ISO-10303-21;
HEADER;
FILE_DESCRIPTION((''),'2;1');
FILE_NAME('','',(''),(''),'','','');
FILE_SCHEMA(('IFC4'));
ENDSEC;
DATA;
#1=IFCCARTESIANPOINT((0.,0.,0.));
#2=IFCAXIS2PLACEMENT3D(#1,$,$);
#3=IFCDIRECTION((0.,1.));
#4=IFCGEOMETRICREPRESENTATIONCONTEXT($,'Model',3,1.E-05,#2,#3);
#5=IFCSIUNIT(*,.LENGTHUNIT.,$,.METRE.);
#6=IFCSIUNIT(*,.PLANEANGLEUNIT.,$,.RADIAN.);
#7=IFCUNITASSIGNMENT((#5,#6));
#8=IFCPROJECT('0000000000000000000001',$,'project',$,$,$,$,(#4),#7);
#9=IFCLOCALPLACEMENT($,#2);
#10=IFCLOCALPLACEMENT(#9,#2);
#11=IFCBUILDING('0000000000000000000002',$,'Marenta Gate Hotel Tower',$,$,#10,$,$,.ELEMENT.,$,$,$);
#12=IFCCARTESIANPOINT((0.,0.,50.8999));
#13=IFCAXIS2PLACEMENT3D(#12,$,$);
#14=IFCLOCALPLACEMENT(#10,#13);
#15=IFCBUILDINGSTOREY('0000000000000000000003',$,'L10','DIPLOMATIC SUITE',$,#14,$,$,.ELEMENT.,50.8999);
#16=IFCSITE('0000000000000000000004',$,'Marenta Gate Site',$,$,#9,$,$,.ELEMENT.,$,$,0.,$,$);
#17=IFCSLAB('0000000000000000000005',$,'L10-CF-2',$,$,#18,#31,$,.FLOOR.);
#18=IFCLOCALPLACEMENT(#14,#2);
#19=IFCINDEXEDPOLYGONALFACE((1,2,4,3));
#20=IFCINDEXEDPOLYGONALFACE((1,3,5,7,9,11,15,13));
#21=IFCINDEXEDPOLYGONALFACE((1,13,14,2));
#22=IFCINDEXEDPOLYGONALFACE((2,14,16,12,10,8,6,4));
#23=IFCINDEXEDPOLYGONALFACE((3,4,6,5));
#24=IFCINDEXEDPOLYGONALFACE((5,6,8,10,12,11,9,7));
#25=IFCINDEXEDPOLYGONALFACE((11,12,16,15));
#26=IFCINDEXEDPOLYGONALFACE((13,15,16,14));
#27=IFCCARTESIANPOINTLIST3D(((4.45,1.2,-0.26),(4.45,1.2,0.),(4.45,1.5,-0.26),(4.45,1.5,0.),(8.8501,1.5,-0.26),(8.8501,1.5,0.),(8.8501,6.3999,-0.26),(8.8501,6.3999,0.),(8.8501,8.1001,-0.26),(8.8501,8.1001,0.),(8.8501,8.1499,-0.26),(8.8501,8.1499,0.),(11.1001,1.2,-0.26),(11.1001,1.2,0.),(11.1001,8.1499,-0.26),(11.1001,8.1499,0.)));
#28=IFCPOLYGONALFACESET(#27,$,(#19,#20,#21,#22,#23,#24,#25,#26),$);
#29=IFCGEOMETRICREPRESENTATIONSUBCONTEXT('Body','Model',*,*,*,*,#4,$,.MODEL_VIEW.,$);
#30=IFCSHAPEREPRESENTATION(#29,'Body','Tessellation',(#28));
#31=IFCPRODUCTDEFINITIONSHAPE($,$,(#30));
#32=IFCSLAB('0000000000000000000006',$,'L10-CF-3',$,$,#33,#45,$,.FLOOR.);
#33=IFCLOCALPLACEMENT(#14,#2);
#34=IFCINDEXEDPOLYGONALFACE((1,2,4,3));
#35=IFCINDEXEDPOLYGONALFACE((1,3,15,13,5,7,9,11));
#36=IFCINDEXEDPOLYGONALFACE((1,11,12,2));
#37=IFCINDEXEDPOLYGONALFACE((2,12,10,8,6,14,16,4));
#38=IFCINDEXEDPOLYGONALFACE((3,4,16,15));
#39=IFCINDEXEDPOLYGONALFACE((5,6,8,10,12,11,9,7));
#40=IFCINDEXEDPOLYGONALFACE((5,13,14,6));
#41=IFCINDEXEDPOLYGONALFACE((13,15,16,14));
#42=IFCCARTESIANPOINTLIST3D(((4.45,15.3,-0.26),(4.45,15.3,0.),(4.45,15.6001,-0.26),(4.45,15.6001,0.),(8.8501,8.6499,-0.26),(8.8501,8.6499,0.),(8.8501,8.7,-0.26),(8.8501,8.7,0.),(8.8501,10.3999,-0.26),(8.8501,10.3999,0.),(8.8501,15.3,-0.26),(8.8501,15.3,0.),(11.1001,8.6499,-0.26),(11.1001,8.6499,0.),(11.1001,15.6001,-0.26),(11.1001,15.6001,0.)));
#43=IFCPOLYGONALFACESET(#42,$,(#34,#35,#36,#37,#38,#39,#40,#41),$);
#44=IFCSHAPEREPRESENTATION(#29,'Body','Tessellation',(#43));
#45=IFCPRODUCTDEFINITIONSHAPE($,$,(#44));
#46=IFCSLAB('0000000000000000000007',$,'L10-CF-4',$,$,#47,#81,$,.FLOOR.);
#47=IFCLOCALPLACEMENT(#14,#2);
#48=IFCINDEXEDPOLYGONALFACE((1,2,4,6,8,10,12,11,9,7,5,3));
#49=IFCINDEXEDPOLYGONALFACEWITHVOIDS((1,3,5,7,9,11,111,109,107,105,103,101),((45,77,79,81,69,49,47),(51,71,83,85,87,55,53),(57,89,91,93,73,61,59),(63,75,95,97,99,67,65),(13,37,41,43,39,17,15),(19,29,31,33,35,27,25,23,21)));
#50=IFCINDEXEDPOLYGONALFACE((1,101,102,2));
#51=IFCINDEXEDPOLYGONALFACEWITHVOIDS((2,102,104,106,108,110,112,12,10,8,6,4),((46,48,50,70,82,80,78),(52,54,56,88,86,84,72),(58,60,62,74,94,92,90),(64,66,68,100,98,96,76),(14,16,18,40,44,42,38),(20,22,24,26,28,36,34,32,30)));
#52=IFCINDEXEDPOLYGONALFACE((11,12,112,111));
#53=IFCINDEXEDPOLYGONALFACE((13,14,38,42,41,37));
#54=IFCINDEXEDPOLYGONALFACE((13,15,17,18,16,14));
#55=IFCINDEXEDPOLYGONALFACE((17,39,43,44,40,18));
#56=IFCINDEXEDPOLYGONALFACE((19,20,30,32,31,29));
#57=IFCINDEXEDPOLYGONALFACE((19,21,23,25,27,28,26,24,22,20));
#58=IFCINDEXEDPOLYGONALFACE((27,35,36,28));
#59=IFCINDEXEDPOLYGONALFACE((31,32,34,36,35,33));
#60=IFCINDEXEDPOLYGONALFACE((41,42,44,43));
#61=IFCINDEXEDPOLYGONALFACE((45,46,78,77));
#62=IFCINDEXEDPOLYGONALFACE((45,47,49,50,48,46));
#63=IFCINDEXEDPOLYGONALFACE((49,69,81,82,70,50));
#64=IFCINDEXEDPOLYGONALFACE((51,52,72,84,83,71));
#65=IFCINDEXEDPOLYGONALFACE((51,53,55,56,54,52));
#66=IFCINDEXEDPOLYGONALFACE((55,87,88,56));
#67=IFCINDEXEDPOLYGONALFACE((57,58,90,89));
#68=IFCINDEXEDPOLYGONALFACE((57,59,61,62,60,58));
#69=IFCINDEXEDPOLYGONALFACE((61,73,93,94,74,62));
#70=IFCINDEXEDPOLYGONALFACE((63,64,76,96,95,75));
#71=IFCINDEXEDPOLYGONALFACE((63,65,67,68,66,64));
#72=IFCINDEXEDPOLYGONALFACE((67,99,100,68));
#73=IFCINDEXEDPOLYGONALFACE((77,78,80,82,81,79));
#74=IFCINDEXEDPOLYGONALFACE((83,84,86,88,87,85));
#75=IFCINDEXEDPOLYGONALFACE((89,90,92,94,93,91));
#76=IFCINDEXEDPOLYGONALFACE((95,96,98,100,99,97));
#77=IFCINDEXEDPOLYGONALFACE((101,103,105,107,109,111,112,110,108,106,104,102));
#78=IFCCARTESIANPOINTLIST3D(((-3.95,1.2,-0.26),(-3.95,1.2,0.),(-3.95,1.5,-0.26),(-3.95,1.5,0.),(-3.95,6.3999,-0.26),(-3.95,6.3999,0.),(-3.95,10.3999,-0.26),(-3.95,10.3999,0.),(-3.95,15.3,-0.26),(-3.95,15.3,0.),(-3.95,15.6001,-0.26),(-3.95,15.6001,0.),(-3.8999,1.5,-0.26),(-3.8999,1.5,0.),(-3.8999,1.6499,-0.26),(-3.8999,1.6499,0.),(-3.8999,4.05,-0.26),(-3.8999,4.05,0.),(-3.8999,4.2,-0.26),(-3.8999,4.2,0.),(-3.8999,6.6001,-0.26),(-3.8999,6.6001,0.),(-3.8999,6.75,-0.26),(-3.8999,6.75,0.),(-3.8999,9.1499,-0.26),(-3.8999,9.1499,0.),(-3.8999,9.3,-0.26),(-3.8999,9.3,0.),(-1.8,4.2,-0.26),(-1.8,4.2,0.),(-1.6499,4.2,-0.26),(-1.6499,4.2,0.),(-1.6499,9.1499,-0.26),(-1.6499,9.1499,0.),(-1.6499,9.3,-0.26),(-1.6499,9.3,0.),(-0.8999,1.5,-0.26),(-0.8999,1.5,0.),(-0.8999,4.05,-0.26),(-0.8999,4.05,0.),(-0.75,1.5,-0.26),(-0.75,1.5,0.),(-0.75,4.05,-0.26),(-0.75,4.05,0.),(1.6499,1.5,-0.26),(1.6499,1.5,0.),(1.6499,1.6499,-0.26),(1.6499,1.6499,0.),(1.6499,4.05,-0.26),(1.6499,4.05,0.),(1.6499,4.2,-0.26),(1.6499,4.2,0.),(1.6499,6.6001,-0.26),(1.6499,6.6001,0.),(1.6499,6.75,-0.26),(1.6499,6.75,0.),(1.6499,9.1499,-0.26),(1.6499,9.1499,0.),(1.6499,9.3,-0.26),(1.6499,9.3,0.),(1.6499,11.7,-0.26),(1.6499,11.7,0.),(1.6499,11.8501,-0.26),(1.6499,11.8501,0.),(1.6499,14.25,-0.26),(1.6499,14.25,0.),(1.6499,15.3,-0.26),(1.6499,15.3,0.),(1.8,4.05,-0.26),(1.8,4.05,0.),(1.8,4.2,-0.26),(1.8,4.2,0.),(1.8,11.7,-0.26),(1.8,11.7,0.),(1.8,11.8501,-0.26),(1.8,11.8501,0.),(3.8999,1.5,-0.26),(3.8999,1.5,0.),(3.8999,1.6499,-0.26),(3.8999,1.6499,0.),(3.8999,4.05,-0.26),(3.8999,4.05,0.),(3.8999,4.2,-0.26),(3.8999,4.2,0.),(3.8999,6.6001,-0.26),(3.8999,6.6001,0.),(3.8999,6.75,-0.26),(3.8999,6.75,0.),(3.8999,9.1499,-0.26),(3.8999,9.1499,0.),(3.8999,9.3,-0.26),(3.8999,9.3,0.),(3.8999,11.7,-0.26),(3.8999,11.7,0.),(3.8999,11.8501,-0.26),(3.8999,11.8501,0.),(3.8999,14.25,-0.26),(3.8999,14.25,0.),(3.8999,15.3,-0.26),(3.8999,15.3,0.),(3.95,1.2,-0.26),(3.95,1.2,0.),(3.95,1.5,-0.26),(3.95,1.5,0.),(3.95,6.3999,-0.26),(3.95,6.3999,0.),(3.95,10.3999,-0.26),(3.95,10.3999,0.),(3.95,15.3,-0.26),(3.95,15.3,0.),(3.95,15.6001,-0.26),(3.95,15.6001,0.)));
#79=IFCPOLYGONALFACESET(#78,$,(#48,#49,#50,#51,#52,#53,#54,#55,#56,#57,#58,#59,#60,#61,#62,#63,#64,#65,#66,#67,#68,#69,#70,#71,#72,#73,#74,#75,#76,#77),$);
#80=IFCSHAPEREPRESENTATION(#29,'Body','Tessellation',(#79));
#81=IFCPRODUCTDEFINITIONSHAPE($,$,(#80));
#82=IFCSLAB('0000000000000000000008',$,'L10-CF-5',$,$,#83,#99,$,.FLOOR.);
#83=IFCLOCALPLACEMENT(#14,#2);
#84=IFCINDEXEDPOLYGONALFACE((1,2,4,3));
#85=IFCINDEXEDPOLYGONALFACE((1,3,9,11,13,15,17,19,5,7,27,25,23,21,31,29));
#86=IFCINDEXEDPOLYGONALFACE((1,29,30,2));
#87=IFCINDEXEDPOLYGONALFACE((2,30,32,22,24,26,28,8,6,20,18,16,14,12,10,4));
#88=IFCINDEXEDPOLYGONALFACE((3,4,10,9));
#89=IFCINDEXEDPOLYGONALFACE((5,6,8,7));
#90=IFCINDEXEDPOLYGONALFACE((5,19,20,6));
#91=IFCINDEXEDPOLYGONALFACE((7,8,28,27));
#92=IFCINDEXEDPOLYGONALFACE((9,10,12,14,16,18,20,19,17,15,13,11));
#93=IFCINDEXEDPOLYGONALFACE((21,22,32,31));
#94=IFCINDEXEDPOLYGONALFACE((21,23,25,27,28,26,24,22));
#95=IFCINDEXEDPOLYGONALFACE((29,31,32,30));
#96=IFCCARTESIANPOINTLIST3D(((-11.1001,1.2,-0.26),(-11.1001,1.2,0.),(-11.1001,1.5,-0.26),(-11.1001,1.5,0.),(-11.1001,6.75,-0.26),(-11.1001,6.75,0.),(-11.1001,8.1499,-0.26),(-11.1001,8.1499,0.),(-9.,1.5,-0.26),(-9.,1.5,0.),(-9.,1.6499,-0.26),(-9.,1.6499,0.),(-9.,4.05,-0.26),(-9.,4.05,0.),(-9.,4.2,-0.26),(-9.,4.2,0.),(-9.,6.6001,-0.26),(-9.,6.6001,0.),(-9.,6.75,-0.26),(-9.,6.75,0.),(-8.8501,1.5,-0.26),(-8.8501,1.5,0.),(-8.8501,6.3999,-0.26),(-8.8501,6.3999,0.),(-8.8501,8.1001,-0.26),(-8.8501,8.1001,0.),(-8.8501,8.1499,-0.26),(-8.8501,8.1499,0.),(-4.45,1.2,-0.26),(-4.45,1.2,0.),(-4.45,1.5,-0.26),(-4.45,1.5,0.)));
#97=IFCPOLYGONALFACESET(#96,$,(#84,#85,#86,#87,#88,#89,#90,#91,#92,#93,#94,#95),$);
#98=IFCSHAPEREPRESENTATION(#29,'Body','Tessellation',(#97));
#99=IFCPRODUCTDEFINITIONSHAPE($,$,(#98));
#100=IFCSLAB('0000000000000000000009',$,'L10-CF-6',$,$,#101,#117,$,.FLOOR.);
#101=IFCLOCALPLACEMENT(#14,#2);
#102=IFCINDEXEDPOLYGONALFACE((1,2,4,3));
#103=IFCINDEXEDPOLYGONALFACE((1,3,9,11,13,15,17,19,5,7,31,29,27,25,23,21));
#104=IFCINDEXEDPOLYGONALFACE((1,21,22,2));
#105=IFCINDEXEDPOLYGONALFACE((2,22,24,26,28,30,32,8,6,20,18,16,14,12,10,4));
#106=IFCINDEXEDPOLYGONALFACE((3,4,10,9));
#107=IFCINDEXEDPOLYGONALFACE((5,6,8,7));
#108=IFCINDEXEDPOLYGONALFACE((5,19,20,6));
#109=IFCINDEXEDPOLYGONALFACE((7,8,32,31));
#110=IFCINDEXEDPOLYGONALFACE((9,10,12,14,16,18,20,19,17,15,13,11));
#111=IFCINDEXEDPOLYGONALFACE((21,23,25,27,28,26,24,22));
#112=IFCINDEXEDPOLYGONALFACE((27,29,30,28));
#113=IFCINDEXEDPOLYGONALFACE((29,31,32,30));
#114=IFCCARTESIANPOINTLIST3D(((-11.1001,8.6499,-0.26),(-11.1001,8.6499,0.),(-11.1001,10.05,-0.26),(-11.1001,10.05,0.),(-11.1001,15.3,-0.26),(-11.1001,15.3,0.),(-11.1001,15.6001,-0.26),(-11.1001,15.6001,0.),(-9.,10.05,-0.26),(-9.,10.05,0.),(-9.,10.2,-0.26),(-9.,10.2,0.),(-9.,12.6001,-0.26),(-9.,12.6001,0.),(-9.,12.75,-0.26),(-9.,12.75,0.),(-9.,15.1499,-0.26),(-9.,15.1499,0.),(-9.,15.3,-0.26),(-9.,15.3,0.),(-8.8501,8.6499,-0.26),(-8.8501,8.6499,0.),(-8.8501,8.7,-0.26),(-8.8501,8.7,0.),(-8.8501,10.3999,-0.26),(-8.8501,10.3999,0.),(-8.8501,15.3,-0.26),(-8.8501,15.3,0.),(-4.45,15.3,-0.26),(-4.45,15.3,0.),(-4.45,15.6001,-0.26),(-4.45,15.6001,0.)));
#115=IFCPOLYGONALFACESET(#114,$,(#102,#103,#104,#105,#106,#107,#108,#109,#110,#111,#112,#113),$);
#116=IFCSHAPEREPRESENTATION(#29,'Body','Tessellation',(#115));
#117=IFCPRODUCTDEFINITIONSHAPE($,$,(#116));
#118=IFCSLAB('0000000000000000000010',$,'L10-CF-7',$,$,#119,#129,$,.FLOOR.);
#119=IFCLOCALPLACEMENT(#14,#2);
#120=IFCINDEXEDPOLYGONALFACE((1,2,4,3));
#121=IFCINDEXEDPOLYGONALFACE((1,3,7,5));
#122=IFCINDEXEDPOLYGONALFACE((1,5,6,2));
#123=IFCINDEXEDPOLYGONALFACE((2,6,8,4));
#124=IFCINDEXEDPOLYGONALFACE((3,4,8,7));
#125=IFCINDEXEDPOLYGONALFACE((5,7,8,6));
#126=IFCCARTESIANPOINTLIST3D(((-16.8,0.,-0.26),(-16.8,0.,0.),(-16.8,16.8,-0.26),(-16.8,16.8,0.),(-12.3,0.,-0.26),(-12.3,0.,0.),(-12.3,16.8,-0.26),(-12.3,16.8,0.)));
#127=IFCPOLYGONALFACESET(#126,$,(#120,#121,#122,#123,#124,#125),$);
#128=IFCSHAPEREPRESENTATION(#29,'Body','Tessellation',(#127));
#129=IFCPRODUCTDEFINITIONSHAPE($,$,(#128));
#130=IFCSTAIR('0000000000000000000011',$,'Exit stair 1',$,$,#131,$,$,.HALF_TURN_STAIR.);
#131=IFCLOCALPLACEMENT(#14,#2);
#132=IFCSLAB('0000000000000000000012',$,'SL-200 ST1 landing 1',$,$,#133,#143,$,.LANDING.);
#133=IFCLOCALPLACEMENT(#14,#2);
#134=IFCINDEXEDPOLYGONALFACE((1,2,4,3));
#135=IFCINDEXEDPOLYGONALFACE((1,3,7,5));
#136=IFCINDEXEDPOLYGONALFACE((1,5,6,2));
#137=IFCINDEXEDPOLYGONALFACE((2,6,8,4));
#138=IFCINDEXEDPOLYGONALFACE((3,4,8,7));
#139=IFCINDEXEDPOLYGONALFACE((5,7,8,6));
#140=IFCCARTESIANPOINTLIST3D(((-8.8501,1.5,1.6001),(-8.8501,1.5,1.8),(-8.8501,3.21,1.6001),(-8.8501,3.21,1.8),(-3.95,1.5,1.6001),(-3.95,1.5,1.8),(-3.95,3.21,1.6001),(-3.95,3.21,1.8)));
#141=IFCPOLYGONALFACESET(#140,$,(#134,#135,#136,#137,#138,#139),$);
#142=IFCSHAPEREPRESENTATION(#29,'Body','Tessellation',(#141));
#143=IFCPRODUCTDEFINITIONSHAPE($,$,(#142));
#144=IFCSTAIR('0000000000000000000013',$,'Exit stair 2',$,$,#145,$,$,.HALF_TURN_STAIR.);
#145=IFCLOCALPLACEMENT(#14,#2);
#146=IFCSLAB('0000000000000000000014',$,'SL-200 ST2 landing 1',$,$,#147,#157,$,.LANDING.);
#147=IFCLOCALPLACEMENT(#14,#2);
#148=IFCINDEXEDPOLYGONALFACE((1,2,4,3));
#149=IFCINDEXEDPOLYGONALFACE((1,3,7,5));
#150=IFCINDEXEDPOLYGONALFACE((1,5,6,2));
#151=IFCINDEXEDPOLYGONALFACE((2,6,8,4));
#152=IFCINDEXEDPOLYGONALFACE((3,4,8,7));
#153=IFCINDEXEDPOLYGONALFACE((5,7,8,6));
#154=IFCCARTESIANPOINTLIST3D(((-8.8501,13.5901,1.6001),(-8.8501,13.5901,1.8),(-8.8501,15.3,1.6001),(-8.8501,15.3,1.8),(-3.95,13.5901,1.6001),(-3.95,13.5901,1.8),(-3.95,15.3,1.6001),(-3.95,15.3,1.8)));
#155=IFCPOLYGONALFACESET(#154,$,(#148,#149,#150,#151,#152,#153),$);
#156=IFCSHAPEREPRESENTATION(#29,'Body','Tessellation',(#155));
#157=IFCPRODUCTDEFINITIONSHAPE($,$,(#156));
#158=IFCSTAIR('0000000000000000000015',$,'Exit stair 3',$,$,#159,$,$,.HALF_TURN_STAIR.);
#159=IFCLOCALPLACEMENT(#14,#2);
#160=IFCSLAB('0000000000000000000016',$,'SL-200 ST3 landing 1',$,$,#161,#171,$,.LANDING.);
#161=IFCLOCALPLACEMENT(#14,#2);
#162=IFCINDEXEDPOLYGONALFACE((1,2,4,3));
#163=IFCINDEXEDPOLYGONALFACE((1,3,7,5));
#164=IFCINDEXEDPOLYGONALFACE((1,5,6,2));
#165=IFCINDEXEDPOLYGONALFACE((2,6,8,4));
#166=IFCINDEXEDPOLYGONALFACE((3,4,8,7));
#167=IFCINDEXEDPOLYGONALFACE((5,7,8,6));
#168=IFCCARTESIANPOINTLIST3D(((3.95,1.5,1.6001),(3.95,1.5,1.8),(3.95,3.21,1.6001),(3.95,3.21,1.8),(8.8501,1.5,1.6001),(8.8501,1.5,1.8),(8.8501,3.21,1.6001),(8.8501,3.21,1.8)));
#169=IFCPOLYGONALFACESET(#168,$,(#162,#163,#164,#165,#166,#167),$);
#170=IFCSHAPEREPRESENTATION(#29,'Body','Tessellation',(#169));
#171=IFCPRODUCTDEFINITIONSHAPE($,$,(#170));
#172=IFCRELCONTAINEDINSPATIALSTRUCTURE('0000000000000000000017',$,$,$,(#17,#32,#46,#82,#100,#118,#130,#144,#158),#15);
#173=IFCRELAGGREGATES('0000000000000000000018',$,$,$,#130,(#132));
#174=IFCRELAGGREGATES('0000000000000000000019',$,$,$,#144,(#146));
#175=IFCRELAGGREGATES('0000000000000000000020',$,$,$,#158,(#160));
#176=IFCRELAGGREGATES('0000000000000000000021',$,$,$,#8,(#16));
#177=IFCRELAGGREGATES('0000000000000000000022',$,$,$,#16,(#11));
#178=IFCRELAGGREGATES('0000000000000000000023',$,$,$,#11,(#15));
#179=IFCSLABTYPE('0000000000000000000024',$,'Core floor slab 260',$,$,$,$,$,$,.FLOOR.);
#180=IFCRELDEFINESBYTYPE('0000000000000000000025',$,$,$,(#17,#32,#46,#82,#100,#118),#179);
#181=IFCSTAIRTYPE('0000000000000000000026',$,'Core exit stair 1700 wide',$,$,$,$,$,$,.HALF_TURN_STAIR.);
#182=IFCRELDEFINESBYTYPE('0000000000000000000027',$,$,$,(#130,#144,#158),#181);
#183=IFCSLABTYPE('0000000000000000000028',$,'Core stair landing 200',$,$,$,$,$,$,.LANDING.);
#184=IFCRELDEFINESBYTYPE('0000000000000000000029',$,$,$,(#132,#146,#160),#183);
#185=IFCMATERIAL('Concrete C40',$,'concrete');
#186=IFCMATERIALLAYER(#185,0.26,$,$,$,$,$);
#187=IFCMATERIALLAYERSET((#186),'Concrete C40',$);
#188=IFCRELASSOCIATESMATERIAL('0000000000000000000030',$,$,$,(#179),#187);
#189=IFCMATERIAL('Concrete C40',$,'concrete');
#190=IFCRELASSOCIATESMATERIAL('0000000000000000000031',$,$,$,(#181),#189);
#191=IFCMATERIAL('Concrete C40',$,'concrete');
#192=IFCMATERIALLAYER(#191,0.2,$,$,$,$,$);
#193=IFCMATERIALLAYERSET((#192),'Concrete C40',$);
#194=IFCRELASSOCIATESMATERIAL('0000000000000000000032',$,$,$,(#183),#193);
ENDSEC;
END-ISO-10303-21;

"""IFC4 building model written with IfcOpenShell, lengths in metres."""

from ifc_helpers import new_model, si_unit, direction, frame, origin, place, context, subcontext, project, spatial, polyline, outline, extrude, material, layer, layer_set, type_object, element, aggregate, save


model = new_model("IFC4")

# Units and contexts
model_context = context("Model", 3, precision=1e-05, world=origin(), true_north=direction((0.0, 1.0)))
body_context = subcontext(model_context, "Body", "Model", "MODEL_VIEW")
ifc_project = project(units=[si_unit("LENGTHUNIT", "METRE"), si_unit("PLANEANGLEUNIT", "RADIAN")], contexts=[model_context])

# Site, building, storey
site_placement = place(None, origin())
site = spatial("IfcSite", under=ifc_project, at=site_placement, Name="Marenta Gate Site", CompositionType="ELEMENT", RefElevation=0.0)
building_placement = place(site_placement, origin())
building = spatial("IfcBuilding", under=site, at=building_placement, Name="Marenta Gate Hotel Tower", CompositionType="ELEMENT")
storey_placement = place(building_placement, frame((0.0, 0.0, 50.8999)))
storey = spatial("IfcBuildingStorey", under=building, at=storey_placement, Name="L10", Description="DIPLOMATIC SUITE", CompositionType="ELEMENT", Elevation=50.8999)

# Slabs
ifc_material_1 = material(Name="Concrete C40", Category="concrete")
ifc_layer_1 = layer(ifc_material_1, 0.26)
ifc_layer_set_1 = layer_set([ifc_layer_1], Name="Concrete C40")
slab_type_1 = type_object("IfcSlabType", Name="Core floor slab 260", PredefinedType="FLOOR", material=ifc_layer_set_1)
slab_1_placement = place(storey_placement, frame((0.0, 0.0, -0.26)))
element("IfcSlab", 1, at=slab_1_placement, inside=storey, type_object=slab_type_1, Name="L10-CF-2", PredefinedType="FLOOR", context=body_context, shape_type="SweptSolid", body=[
    extrude(outline(polyline([(8.8501, 1.5), (8.8501, 6.3999), (8.8501, 8.1001), (8.8501, 8.1499), (11.1001, 8.1499), (11.1001, 1.2), (4.45, 1.2), (4.45, 1.5), (8.8501, 1.5)])), origin(), (0.0, 0.0, 1.0), 0.26),
])
slab_2_placement = place(storey_placement, frame((0.0, 0.0, -0.26)))
element("IfcSlab", 2, at=slab_2_placement, inside=storey, type_object=slab_type_1, Name="L10-CF-3", PredefinedType="FLOOR", context=body_context, shape_type="SweptSolid", body=[
    extrude(outline(polyline([(8.8501, 15.3), (4.45, 15.3), (4.45, 15.6001), (11.1001, 15.6001), (11.1001, 8.6499), (8.8501, 8.6499), (8.8501, 8.7), (8.8501, 10.3999), (8.8501, 15.3)])), origin(), (0.0, 0.0, 1.0), 0.26),
])
slab_3_placement = place(storey_placement, frame((0.0, 0.0, -0.26)))
element("IfcSlab", 3, at=slab_3_placement, inside=storey, type_object=slab_type_1, Name="L10-CF-4", PredefinedType="FLOOR", context=body_context, shape_type="SweptSolid", body=[
    extrude(outline(polyline([(3.95, 15.3), (3.95, 10.3999), (3.95, 6.3999), (3.95, 1.5), (3.95, 1.2), (-3.95, 1.2), (-3.95, 1.5), (-3.95, 6.3999), (-3.95, 10.3999), (-3.95, 15.3), (-3.95, 15.6001), (3.95, 15.6001), (3.95, 15.3)]), holes=[polyline([(1.6499, 4.05), (1.6499, 1.6499), (1.6499, 1.5), (3.8999, 1.5), (3.8999, 1.6499), (3.8999, 4.05), (1.8, 4.05), (1.6499, 4.05)]), polyline([(1.6499, 9.1499), (3.8999, 9.1499), (3.8999, 9.3), (3.8999, 11.7), (1.8, 11.7), (1.6499, 11.7), (1.6499, 9.3), (1.6499, 9.1499)]), polyline([(1.6499, 11.8501), (1.8, 11.8501), (3.8999, 11.8501), (3.8999, 14.25), (3.8999, 15.3), (1.6499, 15.3), (1.6499, 14.25), (1.6499, 11.8501)]), polyline([(3.8999, 6.6001), (3.8999, 6.75), (1.6499, 6.75), (1.6499, 6.6001), (1.6499, 4.2), (1.8, 4.2), (3.8999, 4.2), (3.8999, 6.6001)]), polyline([(-3.8999, 1.5), (-0.8999, 1.5), (-0.75, 1.5), (-0.75, 4.05), (-0.8999, 4.05), (-3.8999, 4.05), (-3.8999, 1.6499), (-3.8999, 1.5)]), polyline([(-1.6499, 4.2), (-1.6499, 9.1499), (-1.6499, 9.3), (-3.8999, 9.3), (-3.8999, 9.1499), (-3.8999, 6.75), (-3.8999, 6.6001), (-3.8999, 4.2), (-1.8, 4.2), (-1.6499, 4.2)])]), origin(), (0.0, 0.0, 1.0), 0.26),
])
slab_4_placement = place(storey_placement, frame((0.0, 0.0, -0.26)))
element("IfcSlab", 4, at=slab_4_placement, inside=storey, type_object=slab_type_1, Name="L10-CF-5", PredefinedType="FLOOR", context=body_context, shape_type="SweptSolid", body=[
    extrude(outline(polyline([(-9.0, 1.5), (-9.0, 1.6499), (-9.0, 4.05), (-9.0, 4.2), (-9.0, 6.6001), (-9.0, 6.75), (-11.1001, 6.75), (-11.1001, 8.1499), (-8.8501, 8.1499), (-8.8501, 8.1001), (-8.8501, 6.3999), (-8.8501, 1.5), (-4.45, 1.5), (-4.45, 1.2), (-11.1001, 1.2), (-11.1001, 1.5), (-9.0, 1.5)])), origin(), (0.0, 0.0, 1.0), 0.26),
])
slab_5_placement = place(storey_placement, frame((0.0, 0.0, -0.26)))
element("IfcSlab", 5, at=slab_5_placement, inside=storey, type_object=slab_type_1, Name="L10-CF-6", PredefinedType="FLOOR", context=body_context, shape_type="SweptSolid", body=[
    extrude(outline(polyline([(-4.45, 15.3), (-8.8501, 15.3), (-8.8501, 10.3999), (-8.8501, 8.7), (-8.8501, 8.6499), (-11.1001, 8.6499), (-11.1001, 10.05), (-9.0, 10.05), (-9.0, 10.2), (-9.0, 12.6001), (-9.0, 12.75), (-9.0, 15.1499), (-9.0, 15.3), (-11.1001, 15.3), (-11.1001, 15.6001), (-4.45, 15.6001), (-4.45, 15.3)])), origin(), (0.0, 0.0, 1.0), 0.26),
])
slab_6_placement = place(storey_placement, frame((0.0, 0.0, -0.26)))
element("IfcSlab", 6, at=slab_6_placement, inside=storey, type_object=slab_type_1, Name="L10-CF-7", PredefinedType="FLOOR", context=body_context, shape_type="SweptSolid", body=[
    extrude(outline(polyline([(-12.3, 16.8), (-12.3, 0.0), (-16.8, 0.0), (-16.8, 16.8), (-12.3, 16.8)])), origin(), (0.0, 0.0, 1.0), 0.26),
])

# Stairs, slabs
ifc_material_2 = material(Name="Concrete C40", Category="concrete")
stair_type_1 = type_object("IfcStairType", Name="Core exit stair 1700 wide", PredefinedType="HALF_TURN_STAIR", material=ifc_material_2)
stair_1_placement = place(storey_placement, origin())
stair_1 = element("IfcStair", 7, at=stair_1_placement, inside=storey, type_object=stair_type_1, Name="Exit stair 1", PredefinedType="HALF_TURN_STAIR")
ifc_material_3 = material(Name="Concrete C40", Category="concrete")
ifc_layer_2 = layer(ifc_material_3, 0.2)
ifc_layer_set_2 = layer_set([ifc_layer_2], Name="Concrete C40")
slab_type_2 = type_object("IfcSlabType", Name="Core stair landing 200", PredefinedType="LANDING", material=ifc_layer_set_2)
slab_7_placement = place(storey_placement, frame((0.0, 0.0, 1.6001)))
slab_7 = element("IfcSlab", 8, at=slab_7_placement, type_object=slab_type_2, Name="SL-200 ST1 landing 1", PredefinedType="LANDING", context=body_context, shape_type="SweptSolid", body=[
    extrude(outline(polyline([(-8.8501, 1.5), (-3.95, 1.5), (-3.95, 3.21), (-8.8501, 3.21), (-8.8501, 1.5)])), origin(), (0.0, 0.0, 1.0), 0.2),
])
aggregate(stair_1, [slab_7])
stair_2_placement = place(storey_placement, origin())
stair_2 = element("IfcStair", 9, at=stair_2_placement, inside=storey, type_object=stair_type_1, Name="Exit stair 2", PredefinedType="HALF_TURN_STAIR")
slab_8_placement = place(storey_placement, frame((0.0, 0.0, 1.6001)))
slab_8 = element("IfcSlab", 10, at=slab_8_placement, type_object=slab_type_2, Name="SL-200 ST2 landing 1", PredefinedType="LANDING", context=body_context, shape_type="SweptSolid", body=[
    extrude(outline(polyline([(-8.8501, 13.5901), (-3.95, 13.5901), (-3.95, 15.3), (-8.8501, 15.3), (-8.8501, 13.5901)])), origin(), (0.0, 0.0, 1.0), 0.2),
])
aggregate(stair_2, [slab_8])
stair_3_placement = place(storey_placement, origin())
stair_3 = element("IfcStair", 11, at=stair_3_placement, inside=storey, type_object=stair_type_1, Name="Exit stair 3", PredefinedType="HALF_TURN_STAIR")
slab_9_placement = place(storey_placement, frame((0.0, 0.0, 1.6001)))
slab_9 = element("IfcSlab", 12, at=slab_9_placement, type_object=slab_type_2, Name="SL-200 ST3 landing 1", PredefinedType="LANDING", context=body_context, shape_type="SweptSolid", body=[
    extrude(outline(polyline([(3.95, 1.5), (8.8501, 1.5), (8.8501, 3.21), (3.95, 3.21), (3.95, 1.5)])), origin(), (0.0, 0.0, 1.0), 0.2),
])
aggregate(stair_3, [slab_9])

save(model, "model.ifc")
